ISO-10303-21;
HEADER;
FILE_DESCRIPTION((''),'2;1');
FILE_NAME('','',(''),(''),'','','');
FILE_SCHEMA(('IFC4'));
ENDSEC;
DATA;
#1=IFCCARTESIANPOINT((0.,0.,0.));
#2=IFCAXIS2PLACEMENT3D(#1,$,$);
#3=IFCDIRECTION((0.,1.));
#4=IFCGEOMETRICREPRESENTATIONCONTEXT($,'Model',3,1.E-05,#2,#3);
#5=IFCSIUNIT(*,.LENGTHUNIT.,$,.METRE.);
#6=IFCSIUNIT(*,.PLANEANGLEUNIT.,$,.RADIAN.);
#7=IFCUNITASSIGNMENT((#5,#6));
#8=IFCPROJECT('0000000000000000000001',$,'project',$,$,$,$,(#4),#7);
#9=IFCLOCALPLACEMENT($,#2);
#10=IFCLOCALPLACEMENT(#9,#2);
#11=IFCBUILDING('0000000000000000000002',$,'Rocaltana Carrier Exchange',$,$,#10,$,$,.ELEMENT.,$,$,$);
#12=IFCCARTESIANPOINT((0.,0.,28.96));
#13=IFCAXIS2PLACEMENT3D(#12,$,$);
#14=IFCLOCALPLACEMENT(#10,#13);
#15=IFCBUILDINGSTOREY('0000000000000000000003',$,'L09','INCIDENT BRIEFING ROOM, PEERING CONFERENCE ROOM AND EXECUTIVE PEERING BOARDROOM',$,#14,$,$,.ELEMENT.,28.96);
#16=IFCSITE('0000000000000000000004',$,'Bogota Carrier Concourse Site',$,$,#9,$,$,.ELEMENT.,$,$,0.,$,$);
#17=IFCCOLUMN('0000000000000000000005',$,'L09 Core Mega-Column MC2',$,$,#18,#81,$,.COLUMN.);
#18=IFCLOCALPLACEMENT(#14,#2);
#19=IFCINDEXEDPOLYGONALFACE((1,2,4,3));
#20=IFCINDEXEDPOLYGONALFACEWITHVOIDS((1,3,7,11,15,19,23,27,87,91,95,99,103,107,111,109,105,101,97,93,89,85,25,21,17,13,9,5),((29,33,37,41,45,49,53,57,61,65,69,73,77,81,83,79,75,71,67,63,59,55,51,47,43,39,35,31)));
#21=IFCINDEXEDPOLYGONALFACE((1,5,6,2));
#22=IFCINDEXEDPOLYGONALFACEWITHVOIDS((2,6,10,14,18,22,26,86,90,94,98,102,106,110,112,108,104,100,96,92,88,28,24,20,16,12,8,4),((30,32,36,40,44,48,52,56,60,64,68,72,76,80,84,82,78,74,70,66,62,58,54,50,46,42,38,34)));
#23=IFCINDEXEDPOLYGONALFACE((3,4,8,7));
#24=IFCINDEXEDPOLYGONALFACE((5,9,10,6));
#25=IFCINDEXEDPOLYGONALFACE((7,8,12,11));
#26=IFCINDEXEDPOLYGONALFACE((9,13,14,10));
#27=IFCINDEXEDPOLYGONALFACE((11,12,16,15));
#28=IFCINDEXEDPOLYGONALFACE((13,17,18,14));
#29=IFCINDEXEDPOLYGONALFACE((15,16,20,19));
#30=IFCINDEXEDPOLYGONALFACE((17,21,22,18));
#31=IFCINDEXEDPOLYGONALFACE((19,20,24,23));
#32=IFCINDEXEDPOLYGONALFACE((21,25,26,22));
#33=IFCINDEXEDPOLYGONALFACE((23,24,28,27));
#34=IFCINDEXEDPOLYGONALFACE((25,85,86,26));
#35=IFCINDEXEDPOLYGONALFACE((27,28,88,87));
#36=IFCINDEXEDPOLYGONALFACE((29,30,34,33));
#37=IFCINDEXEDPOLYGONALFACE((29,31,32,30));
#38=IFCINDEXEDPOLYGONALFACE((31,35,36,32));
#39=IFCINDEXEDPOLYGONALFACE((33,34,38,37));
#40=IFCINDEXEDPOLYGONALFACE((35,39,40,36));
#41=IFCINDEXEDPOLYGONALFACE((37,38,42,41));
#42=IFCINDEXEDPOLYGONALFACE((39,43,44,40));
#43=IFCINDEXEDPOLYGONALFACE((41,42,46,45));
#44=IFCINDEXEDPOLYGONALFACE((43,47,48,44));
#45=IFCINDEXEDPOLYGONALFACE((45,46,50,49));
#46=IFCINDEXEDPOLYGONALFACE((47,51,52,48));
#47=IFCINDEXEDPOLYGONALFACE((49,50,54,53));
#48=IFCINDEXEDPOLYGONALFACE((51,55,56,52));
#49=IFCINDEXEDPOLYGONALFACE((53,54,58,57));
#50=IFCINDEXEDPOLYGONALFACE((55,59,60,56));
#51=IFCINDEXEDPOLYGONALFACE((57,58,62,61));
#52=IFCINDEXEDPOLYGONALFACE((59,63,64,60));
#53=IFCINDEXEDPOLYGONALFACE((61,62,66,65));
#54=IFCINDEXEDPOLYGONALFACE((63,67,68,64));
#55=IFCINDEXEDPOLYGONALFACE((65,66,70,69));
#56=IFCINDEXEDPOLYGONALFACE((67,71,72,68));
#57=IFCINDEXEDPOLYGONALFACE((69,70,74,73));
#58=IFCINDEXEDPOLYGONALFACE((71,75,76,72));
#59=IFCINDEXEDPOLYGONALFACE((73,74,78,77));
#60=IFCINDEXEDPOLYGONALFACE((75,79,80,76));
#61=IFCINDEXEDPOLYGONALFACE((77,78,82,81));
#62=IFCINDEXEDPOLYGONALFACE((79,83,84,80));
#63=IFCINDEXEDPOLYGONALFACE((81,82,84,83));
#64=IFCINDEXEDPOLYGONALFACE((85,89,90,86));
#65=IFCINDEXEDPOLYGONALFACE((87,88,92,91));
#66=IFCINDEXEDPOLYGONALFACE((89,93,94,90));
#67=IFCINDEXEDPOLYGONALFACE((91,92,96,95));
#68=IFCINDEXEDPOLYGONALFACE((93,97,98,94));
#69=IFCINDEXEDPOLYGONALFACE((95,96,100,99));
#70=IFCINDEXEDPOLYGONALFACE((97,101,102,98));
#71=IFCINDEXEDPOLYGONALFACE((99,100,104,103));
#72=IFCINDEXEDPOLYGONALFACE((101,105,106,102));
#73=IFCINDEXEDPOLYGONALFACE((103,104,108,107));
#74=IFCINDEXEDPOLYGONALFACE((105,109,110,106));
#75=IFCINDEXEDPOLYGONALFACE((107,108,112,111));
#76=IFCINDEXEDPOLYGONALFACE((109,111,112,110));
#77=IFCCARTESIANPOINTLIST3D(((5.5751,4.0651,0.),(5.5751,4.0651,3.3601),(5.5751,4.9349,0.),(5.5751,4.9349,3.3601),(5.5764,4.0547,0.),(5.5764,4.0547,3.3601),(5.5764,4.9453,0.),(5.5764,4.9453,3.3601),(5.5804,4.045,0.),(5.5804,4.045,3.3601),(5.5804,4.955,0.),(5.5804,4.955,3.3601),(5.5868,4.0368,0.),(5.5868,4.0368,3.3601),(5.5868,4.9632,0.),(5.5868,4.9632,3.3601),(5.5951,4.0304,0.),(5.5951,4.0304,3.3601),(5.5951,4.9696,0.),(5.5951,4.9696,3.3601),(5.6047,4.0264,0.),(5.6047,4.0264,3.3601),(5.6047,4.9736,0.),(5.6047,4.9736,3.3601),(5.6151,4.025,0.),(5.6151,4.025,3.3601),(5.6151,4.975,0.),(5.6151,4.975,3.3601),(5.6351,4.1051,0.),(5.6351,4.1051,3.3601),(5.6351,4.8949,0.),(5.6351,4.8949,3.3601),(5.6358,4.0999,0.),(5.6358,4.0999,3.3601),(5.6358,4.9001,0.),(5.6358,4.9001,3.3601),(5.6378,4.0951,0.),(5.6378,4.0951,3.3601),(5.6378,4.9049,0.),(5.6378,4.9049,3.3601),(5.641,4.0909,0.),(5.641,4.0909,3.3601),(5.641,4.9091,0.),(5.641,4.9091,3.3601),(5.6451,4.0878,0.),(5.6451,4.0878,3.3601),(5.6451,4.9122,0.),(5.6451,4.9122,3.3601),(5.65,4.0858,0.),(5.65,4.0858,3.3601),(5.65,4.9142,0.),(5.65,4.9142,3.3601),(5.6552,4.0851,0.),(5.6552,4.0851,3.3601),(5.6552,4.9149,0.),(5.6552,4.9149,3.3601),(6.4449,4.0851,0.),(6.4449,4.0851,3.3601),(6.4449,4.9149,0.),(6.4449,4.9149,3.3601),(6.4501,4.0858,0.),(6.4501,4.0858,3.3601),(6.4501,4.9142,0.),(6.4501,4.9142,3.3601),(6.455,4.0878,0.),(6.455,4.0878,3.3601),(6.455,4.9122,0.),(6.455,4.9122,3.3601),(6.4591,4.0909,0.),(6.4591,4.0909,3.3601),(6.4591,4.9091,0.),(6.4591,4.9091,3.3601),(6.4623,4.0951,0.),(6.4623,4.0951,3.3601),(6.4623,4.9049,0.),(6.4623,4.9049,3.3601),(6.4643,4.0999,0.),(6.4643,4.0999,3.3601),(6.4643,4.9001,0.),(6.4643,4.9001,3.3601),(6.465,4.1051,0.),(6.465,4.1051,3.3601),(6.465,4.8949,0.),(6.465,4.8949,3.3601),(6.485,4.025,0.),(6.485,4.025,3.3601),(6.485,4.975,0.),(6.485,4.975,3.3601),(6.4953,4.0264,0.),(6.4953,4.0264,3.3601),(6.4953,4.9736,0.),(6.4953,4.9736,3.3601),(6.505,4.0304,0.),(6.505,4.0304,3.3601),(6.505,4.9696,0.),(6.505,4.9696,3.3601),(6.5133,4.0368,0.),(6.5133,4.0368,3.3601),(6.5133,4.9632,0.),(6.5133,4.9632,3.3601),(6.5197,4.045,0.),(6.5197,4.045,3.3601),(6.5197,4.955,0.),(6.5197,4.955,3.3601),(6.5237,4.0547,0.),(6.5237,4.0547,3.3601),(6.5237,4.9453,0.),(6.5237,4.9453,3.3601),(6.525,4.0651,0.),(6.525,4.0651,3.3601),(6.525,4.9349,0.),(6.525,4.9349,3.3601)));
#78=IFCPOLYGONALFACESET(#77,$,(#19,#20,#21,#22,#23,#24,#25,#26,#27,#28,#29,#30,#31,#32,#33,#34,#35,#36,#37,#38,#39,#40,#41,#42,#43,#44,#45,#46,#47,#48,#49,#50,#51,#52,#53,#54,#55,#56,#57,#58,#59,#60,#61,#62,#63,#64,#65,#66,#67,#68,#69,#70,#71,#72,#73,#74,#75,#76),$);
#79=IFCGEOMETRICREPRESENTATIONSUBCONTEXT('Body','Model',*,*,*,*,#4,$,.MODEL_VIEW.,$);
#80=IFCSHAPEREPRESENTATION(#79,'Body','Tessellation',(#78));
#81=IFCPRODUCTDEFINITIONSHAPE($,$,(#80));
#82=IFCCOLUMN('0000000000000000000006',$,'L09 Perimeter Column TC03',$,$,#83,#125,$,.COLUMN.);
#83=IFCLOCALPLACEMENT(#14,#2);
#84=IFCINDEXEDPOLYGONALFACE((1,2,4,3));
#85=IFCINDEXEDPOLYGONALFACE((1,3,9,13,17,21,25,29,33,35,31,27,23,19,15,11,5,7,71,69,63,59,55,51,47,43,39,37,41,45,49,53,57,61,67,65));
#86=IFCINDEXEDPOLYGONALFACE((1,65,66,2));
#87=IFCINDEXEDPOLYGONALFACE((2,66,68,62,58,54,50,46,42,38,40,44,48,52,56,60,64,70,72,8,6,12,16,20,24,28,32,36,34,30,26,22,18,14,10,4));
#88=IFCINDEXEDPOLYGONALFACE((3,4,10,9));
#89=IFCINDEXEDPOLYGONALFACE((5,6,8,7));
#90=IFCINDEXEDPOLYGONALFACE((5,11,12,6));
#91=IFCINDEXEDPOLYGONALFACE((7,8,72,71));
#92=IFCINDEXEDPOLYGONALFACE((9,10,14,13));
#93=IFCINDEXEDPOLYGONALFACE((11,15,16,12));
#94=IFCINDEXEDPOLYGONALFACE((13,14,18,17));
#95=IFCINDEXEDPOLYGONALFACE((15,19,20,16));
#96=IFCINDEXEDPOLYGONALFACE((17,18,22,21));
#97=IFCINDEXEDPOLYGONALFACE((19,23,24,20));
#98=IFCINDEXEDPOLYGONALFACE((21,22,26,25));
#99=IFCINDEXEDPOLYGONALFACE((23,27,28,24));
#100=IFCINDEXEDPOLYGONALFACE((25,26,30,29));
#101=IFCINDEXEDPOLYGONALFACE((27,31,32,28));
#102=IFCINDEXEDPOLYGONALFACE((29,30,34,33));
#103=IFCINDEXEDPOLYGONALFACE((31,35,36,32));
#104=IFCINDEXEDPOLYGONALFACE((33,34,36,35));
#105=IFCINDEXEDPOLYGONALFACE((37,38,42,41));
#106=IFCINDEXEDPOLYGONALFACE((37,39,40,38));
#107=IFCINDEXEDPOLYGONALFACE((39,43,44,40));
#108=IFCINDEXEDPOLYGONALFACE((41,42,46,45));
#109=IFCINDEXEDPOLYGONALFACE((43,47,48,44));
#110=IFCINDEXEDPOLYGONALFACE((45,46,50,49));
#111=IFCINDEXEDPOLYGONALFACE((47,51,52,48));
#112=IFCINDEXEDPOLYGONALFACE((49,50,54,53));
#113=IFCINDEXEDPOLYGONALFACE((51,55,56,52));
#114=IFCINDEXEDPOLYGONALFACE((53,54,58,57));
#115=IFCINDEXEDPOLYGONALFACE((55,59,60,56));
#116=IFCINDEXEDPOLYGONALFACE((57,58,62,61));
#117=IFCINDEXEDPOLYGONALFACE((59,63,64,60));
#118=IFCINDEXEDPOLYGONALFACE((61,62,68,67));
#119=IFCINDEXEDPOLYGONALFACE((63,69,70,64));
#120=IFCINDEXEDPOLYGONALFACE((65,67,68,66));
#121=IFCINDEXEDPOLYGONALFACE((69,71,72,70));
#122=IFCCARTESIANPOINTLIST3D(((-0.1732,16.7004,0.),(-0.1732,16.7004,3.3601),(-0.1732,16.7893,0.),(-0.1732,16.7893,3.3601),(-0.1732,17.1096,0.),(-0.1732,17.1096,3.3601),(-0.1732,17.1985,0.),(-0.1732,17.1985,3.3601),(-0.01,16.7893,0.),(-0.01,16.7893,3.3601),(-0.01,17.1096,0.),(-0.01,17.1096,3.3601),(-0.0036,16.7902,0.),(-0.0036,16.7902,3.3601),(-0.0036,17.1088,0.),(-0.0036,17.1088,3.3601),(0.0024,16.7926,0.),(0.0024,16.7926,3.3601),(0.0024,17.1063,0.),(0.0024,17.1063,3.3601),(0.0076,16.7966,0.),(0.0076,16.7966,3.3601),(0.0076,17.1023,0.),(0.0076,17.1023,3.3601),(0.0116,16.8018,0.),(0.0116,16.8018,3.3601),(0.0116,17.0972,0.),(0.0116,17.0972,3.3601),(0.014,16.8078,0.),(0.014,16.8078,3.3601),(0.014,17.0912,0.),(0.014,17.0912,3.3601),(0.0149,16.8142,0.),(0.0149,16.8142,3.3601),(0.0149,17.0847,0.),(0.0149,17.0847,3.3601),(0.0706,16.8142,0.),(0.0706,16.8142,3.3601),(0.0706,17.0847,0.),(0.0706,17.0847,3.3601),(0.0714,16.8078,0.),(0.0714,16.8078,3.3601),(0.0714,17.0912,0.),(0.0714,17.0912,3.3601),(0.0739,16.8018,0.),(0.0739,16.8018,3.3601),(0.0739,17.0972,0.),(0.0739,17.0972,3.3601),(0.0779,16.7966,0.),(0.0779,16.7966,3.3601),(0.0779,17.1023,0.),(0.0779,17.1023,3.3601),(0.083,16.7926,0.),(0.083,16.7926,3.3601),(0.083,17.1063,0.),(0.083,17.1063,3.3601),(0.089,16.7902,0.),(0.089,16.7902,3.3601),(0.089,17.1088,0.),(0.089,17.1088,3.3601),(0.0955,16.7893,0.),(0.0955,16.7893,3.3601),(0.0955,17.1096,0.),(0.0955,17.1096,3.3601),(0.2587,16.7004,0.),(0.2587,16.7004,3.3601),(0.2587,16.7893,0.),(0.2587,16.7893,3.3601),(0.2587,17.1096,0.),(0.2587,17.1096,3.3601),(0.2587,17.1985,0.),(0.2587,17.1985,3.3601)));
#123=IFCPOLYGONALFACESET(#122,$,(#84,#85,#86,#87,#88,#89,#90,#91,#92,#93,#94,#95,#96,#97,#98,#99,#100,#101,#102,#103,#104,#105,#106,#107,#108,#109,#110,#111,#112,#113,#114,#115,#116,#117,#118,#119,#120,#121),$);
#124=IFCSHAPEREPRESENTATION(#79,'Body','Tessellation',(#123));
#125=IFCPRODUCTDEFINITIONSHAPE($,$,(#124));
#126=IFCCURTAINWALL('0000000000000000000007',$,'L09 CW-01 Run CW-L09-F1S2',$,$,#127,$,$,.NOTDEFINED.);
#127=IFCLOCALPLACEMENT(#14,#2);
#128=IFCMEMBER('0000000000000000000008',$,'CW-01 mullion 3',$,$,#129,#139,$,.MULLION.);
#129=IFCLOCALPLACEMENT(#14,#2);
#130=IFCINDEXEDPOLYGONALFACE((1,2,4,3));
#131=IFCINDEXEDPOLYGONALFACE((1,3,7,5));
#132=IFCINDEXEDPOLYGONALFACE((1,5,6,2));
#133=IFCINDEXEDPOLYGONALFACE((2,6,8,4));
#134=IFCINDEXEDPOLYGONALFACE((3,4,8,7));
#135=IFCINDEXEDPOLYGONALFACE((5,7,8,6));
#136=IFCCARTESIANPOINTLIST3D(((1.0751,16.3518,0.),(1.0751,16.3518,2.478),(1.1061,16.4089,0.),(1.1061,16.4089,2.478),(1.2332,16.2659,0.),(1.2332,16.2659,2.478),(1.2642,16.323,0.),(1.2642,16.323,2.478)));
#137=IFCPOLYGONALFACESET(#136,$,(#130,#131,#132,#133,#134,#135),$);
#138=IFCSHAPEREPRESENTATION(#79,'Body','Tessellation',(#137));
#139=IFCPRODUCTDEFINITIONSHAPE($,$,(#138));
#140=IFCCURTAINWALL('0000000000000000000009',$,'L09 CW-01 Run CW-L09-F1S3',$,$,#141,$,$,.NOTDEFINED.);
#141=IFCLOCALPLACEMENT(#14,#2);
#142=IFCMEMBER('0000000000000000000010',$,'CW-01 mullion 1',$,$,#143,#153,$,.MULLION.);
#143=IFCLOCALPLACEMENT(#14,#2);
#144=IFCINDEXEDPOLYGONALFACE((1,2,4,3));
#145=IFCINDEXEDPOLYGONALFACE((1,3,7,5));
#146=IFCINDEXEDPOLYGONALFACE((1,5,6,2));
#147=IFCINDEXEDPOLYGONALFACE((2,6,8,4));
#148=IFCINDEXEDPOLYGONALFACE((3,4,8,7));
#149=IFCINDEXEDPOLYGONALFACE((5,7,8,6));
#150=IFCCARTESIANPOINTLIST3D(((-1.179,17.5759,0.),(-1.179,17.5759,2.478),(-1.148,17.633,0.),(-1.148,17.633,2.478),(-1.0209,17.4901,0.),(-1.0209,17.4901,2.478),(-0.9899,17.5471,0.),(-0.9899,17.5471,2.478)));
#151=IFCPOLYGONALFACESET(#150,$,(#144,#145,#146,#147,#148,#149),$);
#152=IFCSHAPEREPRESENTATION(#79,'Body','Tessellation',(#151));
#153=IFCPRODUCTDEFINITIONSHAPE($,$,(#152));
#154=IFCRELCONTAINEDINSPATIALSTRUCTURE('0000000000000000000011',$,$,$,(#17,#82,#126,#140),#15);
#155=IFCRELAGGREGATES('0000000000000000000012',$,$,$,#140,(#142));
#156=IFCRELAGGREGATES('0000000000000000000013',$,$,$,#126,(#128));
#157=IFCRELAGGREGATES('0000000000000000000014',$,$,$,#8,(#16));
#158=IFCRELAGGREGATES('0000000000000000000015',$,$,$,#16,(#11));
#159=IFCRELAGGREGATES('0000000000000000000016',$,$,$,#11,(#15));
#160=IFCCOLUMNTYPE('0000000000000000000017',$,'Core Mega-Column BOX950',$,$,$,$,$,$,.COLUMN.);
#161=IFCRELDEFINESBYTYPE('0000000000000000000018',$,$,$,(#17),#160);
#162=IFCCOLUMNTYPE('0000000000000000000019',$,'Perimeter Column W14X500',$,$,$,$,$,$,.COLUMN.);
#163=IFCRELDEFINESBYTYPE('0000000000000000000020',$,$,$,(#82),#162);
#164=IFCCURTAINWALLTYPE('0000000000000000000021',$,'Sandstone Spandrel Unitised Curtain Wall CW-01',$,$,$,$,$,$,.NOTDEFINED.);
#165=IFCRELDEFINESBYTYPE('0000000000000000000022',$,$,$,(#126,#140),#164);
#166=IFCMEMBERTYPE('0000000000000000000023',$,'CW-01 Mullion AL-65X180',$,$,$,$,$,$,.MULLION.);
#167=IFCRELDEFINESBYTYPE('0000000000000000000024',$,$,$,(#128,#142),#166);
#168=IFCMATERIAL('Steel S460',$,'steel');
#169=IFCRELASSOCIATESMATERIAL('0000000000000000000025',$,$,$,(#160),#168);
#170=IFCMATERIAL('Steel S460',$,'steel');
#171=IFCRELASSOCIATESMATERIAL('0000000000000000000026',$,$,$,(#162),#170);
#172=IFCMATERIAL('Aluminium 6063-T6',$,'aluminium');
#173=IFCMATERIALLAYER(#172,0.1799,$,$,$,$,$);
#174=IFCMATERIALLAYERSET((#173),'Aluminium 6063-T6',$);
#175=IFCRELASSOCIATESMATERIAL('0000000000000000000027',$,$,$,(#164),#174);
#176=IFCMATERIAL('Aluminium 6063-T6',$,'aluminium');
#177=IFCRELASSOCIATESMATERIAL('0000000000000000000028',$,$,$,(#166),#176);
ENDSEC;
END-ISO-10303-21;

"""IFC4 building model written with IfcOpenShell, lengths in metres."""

from ifc_helpers import new_model, si_unit, direction, frame, origin, origin_2d, place, context, subcontext, project, spatial, rectangle, hollow_rectangle, i_section, extrude, material, layer, layer_set, material_profile, profile_set, type_object, element, aggregate, save


model = new_model("IFC4")

# Units and contexts
model_context = context("Model", 3, precision=1e-05, world=origin(), true_north=direction((0.0, 1.0)))
body_context = subcontext(model_context, "Body", "Model", "MODEL_VIEW")
ifc_project = project(units=[si_unit("LENGTHUNIT", "METRE"), si_unit("PLANEANGLEUNIT", "RADIAN")], contexts=[model_context])

# Site, building, storey
site_placement = place(None, origin())
site = spatial("IfcSite", under=ifc_project, at=site_placement, Name="Bogota Carrier Concourse Site", CompositionType="ELEMENT", RefElevation=0.0)
building_placement = place(site_placement, origin())
building = spatial("IfcBuilding", under=site, at=building_placement, Name="Rocaltana Carrier Exchange", CompositionType="ELEMENT")
storey_placement = place(building_placement, frame((0.0, 0.0, 28.96)))
storey = spatial("IfcBuildingStorey", under=building, at=storey_placement, Name="L09", Description="INCIDENT BRIEFING ROOM, PEERING CONFERENCE ROOM AND EXECUTIVE PEERING BOARDROOM", CompositionType="ELEMENT", Elevation=28.96)

# Columns
ifc_material_1 = material(Name="Steel S460", Category="steel")
ifc_material_profile_1 = material_profile(ifc_material_1, hollow_rectangle(XDim=0.95, YDim=0.95, WallThickness=0.0601, InnerFilletRadius=0.02, OuterFilletRadius=0.04, at=origin_2d()), Name="BOX950X950X60")
ifc_profile_set_1 = profile_set([ifc_material_profile_1], Name="Steel S460")
column_type_1 = type_object("IfcColumnType", Name="Core Mega-Column BOX950", PredefinedType="COLUMN", material=ifc_profile_set_1)
column_1_placement = place(storey_placement, frame((6.05, 4.5, 0.0), z_axis=(0.0, 0.0, 1.0), x_axis=(1.0, 0.0, 0.0)))
element("IfcColumn", 1, at=column_1_placement, inside=storey, type_object=column_type_1, Name="L09 Core Mega-Column MC2", PredefinedType="COLUMN", context=body_context, shape_type="SweptSolid", body=[
    extrude(hollow_rectangle(XDim=0.95, YDim=0.95, WallThickness=0.0601, InnerFilletRadius=0.02, OuterFilletRadius=0.04, at=origin_2d()), origin(), (0.0, 0.0, 1.0), 3.3601),
])
ifc_material_2 = material(Name="Steel S460", Category="steel")
ifc_material_profile_2 = material_profile(ifc_material_2, i_section(OverallWidth=0.4319, OverallDepth=0.498, WebThickness=0.0557, FlangeThickness=0.0889, FilletRadius=0.0249, at=origin_2d()), Name="W14X500")
ifc_profile_set_2 = profile_set([ifc_material_profile_2], Name="Steel S460")
column_type_2 = type_object("IfcColumnType", Name="Perimeter Column W14X500", PredefinedType="COLUMN", material=ifc_profile_set_2)
column_2_placement = place(storey_placement, frame((0.0427, 16.9495, 0.0), z_axis=(0.0, 0.0, 1.0), x_axis=(1.0, 0.0, 0.0)))
element("IfcColumn", 2, at=column_2_placement, inside=storey, type_object=column_type_2, Name="L09 Perimeter Column TC03", PredefinedType="COLUMN", context=body_context, shape_type="SweptSolid", body=[
    extrude(i_section(OverallWidth=0.4319, OverallDepth=0.498, WebThickness=0.0557, FlangeThickness=0.0889, FilletRadius=0.0249, at=origin_2d()), origin(), (0.0, 0.0, 1.0), 3.3601),
])

# Curtain walls, members
ifc_material_3 = material(Name="Aluminium 6063-T6", Category="aluminium")
ifc_layer_1 = layer(ifc_material_3, 0.1799)
ifc_layer_set_1 = layer_set([ifc_layer_1], Name="Aluminium 6063-T6")
curtain_wall_type = type_object("IfcCurtainWallType", Name="Sandstone Spandrel Unitised Curtain Wall CW-01", PredefinedType="NOTDEFINED", material=ifc_layer_set_1)
curtain_wall_1_placement = place(storey_placement, origin())
curtain_wall_1 = element("IfcCurtainWall", 3, at=curtain_wall_1_placement, inside=storey, type_object=curtain_wall_type, Name="L09 CW-01 Run CW-L09-F1S2", PredefinedType="NOTDEFINED")
ifc_material_4 = material(Name="Aluminium 6063-T6", Category="aluminium")
ifc_material_profile_3 = material_profile(ifc_material_4, rectangle(XDim=0.0649, YDim=0.1799, at=origin_2d()), Name="AL-65X180")
ifc_profile_set_3 = profile_set([ifc_material_profile_3], Name="Aluminium 6063-T6")
member_type = type_object("IfcMemberType", Name="CW-01 Mullion AL-65X180", PredefinedType="MULLION", material=ifc_profile_set_3)
member_1_placement = place(storey_placement, frame((1.1697, 16.3374, 0.0), z_axis=(0.0, 0.0, 1.0), x_axis=(-0.477164, -0.878814, 0.0)))
member_1 = element("IfcMember", 4, at=member_1_placement, type_object=member_type, Name="CW-01 mullion 3", PredefinedType="MULLION", context=body_context, shape_type="SweptSolid", body=[
    extrude(rectangle(XDim=0.0649, YDim=0.1799, at=origin_2d()), origin(), (0.0, 0.0, 1.0), 2.478),
])
curtain_wall_2_placement = place(storey_placement, origin())
curtain_wall_2 = element("IfcCurtainWall", 5, at=curtain_wall_2_placement, inside=storey, type_object=curtain_wall_type, Name="L09 CW-01 Run CW-L09-F1S3", PredefinedType="NOTDEFINED")
member_2_placement = place(storey_placement, frame((-1.0845, 17.5615, 0.0), z_axis=(0.0, 0.0, 1.0), x_axis=(-0.477156, -0.878819, 0.0)))
member_2 = element("IfcMember", 6, at=member_2_placement, type_object=member_type, Name="CW-01 mullion 1", PredefinedType="MULLION", context=body_context, shape_type="SweptSolid", body=[
    extrude(rectangle(XDim=0.0649, YDim=0.1799, at=origin_2d()), origin(), (0.0, 0.0, 1.0), 2.478),
])
aggregate(curtain_wall_2, [member_2])

aggregate(curtain_wall_1, [member_1])

save(model, "model.ifc")
